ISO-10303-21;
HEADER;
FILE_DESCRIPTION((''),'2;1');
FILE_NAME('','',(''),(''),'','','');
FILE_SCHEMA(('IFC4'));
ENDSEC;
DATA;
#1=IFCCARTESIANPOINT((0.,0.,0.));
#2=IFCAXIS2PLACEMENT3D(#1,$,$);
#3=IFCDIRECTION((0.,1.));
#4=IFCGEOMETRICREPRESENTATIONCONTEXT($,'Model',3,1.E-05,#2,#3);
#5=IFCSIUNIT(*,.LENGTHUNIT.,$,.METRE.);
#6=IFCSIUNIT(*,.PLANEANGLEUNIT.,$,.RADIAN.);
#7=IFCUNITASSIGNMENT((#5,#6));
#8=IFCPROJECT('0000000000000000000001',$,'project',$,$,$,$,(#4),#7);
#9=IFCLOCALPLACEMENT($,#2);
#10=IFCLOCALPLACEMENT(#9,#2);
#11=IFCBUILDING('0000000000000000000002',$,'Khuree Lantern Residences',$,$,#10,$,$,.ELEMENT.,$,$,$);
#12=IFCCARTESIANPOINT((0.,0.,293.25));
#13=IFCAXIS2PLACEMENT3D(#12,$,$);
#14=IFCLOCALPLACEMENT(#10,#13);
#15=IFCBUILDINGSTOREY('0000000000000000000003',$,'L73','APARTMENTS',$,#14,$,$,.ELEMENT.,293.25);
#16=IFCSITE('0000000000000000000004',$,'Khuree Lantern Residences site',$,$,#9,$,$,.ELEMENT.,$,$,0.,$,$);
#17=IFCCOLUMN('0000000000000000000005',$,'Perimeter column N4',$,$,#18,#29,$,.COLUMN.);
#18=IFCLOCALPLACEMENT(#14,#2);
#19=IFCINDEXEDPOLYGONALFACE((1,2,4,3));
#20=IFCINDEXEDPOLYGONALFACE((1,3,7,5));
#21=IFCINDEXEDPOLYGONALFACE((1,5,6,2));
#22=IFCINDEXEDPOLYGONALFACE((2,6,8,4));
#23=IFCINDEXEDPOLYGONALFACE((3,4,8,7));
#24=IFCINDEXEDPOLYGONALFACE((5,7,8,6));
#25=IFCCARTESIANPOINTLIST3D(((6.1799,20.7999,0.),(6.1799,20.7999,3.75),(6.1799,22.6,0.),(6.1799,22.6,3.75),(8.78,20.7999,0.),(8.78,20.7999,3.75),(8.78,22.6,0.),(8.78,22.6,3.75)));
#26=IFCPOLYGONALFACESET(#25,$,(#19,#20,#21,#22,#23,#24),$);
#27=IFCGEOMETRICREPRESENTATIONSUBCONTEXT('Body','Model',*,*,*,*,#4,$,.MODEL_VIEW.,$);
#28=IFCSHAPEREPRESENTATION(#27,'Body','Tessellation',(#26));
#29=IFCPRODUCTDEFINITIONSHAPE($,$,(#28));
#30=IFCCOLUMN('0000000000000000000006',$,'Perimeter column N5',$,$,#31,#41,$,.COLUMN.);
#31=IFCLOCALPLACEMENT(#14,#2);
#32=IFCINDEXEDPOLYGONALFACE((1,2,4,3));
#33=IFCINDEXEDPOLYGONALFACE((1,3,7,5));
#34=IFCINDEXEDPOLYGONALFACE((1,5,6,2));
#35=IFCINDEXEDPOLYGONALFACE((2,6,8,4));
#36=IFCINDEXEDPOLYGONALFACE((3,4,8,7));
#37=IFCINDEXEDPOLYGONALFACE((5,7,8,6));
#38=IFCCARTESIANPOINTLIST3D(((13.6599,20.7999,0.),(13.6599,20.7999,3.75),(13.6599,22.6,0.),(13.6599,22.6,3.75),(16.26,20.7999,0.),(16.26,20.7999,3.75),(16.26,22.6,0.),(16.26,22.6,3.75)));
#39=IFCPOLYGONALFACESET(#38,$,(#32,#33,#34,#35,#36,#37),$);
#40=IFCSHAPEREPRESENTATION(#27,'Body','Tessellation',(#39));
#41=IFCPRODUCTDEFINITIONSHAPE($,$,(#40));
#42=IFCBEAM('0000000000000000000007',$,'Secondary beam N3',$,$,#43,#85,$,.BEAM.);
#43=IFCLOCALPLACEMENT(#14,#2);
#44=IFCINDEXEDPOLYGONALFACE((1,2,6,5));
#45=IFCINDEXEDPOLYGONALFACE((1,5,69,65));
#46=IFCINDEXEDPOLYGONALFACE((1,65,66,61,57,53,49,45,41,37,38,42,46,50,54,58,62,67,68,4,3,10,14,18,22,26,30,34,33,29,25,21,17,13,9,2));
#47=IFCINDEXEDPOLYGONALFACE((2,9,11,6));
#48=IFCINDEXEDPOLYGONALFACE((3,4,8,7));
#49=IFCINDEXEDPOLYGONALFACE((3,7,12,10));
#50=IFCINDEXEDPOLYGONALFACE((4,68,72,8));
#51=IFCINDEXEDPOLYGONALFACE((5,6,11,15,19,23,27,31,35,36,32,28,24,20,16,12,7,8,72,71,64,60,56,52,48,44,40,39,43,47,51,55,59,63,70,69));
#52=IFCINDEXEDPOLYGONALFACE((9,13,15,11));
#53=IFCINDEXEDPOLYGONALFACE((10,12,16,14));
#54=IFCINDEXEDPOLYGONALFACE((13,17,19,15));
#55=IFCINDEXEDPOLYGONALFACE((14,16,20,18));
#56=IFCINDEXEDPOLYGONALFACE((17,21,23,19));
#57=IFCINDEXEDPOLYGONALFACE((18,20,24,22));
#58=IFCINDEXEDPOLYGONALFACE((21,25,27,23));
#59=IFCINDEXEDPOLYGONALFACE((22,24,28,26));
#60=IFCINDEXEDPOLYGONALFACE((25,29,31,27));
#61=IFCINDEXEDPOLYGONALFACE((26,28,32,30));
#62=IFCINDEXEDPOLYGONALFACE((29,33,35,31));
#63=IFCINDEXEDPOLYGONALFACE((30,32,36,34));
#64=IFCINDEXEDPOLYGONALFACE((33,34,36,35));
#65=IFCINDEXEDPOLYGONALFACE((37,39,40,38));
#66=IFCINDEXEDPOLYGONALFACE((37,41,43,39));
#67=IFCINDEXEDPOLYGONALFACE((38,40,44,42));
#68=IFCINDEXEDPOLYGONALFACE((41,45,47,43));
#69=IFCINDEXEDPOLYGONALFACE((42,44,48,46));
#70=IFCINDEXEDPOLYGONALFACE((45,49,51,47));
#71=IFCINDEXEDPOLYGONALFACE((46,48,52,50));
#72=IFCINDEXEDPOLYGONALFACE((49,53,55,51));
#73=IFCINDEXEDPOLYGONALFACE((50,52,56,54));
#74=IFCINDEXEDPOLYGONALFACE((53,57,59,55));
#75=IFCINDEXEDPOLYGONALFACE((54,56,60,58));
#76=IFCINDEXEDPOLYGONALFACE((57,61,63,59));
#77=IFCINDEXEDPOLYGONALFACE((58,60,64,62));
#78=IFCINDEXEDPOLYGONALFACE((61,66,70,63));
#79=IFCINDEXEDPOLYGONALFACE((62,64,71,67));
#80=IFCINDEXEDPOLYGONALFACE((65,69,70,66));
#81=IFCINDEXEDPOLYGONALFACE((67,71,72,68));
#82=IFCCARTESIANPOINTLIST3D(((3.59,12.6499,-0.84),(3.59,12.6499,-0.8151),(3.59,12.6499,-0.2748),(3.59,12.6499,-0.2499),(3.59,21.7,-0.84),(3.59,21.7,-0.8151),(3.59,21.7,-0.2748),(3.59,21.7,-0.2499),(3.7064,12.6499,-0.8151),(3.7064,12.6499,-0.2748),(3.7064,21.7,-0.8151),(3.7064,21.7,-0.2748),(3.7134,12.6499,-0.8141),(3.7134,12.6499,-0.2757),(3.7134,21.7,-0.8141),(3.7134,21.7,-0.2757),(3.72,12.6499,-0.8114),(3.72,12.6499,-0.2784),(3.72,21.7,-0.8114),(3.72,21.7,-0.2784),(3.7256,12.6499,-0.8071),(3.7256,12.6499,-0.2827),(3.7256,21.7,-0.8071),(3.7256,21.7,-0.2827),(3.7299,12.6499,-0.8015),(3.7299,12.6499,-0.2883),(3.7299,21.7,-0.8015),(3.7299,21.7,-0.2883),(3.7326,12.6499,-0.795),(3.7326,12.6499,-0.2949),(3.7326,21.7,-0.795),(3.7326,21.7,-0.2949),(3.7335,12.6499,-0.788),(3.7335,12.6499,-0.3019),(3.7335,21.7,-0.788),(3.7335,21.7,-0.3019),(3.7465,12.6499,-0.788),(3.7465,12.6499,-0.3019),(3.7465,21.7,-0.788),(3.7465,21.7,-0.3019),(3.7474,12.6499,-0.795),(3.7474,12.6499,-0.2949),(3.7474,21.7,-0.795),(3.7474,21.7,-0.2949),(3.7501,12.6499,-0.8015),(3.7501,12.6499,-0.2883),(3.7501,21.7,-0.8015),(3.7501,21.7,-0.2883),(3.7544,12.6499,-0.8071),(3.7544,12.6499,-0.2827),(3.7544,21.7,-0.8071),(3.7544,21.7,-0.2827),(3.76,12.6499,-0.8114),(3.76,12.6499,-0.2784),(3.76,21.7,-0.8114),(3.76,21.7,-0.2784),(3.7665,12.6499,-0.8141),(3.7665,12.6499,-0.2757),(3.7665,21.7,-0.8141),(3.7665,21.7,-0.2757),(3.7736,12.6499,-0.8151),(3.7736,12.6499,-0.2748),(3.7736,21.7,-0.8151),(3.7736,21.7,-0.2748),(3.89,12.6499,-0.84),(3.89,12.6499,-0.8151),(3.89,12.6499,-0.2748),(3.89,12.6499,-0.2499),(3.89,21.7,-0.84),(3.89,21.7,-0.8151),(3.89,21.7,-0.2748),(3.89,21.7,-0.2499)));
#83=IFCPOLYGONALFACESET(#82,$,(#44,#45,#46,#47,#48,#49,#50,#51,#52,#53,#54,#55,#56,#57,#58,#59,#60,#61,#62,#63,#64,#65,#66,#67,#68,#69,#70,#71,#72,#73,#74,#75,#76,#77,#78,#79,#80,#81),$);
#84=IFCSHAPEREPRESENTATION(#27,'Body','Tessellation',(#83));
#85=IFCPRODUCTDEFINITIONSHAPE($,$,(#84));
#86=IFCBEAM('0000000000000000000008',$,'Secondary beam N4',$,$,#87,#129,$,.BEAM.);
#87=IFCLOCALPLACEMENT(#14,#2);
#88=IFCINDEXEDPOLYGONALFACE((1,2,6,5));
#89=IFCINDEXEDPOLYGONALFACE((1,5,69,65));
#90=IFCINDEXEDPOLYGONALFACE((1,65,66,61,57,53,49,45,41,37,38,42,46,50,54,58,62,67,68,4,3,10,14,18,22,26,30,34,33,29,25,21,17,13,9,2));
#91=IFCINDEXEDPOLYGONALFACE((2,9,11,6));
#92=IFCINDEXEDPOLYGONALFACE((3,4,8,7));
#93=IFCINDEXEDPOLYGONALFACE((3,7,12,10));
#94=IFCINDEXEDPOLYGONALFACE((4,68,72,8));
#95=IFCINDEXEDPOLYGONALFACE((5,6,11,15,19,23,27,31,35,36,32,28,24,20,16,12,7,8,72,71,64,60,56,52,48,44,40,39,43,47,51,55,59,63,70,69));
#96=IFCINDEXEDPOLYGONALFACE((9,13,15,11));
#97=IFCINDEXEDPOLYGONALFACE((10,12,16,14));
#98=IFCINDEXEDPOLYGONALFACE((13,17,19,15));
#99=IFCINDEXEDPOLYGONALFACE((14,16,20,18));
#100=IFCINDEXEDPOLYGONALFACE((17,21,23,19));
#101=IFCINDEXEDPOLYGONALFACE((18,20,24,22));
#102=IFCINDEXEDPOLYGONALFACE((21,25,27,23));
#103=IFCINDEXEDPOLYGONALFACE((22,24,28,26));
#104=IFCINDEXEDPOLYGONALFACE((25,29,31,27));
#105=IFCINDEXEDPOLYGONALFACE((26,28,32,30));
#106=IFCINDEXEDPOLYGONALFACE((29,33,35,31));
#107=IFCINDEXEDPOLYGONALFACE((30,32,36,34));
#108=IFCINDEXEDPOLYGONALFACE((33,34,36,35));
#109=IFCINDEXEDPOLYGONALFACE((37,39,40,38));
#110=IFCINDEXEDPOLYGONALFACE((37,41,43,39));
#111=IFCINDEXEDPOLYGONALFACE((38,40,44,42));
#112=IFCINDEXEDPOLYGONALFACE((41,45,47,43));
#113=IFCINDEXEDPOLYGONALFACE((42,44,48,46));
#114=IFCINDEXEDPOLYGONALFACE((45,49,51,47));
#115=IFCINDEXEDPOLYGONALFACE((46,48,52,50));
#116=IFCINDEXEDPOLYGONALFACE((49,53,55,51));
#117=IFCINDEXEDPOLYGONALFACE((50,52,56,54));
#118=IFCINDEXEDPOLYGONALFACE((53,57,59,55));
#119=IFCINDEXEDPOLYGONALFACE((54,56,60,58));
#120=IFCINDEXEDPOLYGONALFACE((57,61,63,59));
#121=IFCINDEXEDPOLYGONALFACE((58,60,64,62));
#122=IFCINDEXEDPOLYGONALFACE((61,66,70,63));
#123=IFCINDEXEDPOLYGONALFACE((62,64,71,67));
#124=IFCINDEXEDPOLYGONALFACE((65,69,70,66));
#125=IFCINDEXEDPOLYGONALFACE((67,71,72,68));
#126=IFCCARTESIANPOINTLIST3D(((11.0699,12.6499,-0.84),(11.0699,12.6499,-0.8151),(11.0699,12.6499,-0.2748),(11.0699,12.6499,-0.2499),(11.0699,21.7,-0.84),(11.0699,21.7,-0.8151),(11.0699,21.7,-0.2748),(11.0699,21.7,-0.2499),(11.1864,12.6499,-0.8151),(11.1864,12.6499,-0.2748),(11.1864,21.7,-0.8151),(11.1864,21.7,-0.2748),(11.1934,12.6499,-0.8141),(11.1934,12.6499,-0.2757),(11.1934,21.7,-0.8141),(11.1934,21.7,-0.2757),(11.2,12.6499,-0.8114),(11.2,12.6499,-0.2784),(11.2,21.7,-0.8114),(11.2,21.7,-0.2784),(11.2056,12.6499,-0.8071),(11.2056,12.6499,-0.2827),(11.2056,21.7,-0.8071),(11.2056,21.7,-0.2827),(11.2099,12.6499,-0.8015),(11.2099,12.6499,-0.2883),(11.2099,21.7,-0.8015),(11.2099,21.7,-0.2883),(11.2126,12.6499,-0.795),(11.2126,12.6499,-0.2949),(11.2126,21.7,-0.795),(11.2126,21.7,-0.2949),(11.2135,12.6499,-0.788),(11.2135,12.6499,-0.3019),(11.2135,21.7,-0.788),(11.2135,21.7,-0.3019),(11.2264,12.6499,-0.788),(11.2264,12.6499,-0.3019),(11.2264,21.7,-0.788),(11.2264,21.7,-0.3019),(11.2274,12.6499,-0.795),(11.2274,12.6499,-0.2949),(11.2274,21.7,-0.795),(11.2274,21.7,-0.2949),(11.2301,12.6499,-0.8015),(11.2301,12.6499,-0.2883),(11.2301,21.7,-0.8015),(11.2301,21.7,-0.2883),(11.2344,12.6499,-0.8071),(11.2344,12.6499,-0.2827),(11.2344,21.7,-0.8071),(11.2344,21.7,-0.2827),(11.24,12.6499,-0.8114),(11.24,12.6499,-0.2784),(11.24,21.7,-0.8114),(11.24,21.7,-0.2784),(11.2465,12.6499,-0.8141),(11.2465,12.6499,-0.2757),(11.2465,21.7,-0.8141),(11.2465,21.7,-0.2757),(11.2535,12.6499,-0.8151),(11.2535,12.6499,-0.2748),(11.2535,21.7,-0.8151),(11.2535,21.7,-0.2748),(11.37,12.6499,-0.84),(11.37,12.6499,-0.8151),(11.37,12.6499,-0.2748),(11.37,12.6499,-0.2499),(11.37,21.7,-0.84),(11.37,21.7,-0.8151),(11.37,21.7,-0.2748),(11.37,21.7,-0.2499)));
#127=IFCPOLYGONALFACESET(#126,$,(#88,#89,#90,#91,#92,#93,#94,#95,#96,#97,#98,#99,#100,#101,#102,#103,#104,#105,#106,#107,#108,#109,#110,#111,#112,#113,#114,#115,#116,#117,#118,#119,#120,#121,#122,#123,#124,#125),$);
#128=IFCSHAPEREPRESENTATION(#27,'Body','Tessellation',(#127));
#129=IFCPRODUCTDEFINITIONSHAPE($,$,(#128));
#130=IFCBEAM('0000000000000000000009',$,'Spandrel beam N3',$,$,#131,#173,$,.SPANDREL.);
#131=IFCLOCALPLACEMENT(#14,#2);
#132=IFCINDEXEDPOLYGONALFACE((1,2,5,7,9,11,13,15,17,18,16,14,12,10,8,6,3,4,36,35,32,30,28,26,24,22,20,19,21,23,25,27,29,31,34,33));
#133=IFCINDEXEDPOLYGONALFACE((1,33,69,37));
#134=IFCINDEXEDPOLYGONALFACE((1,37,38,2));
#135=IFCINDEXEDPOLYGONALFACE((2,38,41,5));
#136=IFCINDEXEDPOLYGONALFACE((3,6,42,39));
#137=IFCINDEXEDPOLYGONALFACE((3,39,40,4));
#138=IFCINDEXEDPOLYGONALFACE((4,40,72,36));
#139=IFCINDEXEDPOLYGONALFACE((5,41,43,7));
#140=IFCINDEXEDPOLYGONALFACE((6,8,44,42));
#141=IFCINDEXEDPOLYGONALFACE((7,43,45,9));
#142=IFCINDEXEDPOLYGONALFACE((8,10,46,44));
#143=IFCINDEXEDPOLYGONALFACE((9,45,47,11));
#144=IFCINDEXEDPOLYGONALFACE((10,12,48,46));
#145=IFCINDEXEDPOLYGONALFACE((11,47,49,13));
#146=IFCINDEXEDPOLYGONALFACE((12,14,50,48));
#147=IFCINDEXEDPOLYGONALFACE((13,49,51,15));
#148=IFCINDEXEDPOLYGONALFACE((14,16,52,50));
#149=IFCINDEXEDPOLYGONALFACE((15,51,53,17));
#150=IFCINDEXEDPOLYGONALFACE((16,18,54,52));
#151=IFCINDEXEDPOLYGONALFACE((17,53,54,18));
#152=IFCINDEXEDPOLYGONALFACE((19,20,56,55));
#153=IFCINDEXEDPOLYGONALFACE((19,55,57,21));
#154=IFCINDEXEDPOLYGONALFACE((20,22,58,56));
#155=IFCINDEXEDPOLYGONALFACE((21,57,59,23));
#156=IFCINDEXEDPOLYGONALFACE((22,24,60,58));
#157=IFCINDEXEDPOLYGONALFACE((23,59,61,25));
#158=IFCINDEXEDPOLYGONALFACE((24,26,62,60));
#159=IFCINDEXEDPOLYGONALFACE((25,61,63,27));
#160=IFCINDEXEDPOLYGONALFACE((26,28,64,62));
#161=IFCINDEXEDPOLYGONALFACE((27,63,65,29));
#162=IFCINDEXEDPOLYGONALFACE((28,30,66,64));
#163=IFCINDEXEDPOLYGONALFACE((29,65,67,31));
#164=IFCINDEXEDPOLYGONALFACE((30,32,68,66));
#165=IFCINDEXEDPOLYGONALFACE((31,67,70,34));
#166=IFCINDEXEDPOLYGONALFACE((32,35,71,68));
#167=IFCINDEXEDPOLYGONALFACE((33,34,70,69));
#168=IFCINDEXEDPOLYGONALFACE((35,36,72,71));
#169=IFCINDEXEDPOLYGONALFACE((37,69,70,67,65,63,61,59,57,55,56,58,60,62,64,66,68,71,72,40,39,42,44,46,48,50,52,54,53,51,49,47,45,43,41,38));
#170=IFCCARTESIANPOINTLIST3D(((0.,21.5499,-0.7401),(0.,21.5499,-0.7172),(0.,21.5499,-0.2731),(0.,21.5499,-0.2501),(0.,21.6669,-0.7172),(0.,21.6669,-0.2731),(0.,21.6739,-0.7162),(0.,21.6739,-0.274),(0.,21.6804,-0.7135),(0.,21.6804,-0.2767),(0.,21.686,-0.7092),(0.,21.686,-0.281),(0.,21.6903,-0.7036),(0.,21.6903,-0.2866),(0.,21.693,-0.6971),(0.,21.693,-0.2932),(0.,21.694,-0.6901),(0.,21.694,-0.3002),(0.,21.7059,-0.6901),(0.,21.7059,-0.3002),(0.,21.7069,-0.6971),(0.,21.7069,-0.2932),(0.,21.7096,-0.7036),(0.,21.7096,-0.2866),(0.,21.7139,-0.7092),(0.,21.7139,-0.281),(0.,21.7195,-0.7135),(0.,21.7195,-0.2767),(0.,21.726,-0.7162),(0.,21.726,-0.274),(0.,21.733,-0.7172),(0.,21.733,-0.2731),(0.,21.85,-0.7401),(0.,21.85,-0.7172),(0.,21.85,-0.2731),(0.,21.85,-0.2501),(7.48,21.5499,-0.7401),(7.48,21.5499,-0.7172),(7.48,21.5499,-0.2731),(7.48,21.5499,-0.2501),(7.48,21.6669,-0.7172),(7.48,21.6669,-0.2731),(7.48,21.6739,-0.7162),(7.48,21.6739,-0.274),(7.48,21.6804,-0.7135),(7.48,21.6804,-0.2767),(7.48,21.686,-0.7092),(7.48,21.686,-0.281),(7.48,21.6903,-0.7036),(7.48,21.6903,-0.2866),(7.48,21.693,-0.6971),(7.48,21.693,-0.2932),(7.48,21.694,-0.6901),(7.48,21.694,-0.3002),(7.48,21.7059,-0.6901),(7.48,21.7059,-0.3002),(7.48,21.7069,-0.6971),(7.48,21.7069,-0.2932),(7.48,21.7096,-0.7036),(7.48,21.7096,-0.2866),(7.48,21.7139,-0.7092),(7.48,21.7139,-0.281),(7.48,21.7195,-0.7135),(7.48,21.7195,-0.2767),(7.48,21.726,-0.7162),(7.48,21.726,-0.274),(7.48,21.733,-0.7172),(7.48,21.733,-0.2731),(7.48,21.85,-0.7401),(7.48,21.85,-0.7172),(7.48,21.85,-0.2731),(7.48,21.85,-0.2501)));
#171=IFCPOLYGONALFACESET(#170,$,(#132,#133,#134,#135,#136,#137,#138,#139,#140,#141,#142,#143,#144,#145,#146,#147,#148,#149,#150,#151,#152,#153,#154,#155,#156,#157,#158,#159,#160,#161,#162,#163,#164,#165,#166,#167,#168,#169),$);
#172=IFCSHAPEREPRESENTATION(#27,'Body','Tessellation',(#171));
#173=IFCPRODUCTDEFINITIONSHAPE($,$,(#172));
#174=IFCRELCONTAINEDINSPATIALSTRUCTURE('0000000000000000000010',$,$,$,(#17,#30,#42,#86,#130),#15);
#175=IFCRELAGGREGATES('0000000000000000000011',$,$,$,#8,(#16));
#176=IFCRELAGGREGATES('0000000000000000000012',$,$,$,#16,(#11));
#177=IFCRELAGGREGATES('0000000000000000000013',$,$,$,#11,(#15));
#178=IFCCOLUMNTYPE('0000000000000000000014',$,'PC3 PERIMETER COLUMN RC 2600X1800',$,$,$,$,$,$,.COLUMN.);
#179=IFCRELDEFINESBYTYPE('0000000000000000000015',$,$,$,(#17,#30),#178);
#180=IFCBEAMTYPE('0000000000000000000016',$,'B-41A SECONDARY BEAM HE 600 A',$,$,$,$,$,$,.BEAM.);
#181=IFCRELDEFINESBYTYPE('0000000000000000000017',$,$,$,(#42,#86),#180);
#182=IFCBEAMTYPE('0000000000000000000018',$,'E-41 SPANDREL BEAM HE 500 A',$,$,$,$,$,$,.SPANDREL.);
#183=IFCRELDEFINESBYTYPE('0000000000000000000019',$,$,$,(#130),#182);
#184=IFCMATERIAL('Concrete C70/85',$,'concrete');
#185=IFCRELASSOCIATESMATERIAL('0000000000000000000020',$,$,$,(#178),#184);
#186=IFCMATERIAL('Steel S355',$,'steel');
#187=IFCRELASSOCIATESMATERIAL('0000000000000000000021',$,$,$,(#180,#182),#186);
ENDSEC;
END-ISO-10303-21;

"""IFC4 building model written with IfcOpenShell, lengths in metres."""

from ifc_helpers import new_model, si_unit, direction, frame, origin, origin_2d, place, context, subcontext, project, spatial, rectangle, i_section, extrude, material, material_profile, profile_set, type_object, element, save


model = new_model("IFC4")

# Units and contexts
model_context = context("Model", 3, precision=1e-05, world=origin(), true_north=direction((0.0, 1.0)))
body_context = subcontext(model_context, "Body", "Model", "MODEL_VIEW")
ifc_project = project(units=[si_unit("LENGTHUNIT", "METRE"), si_unit("PLANEANGLEUNIT", "RADIAN")], contexts=[model_context])

# Site, building, storey
site_placement = place(None, origin())
site = spatial("IfcSite", under=ifc_project, at=site_placement, Name="Khuree Lantern Residences site", CompositionType="ELEMENT", RefElevation=0.0)
building_placement = place(site_placement, origin())
building = spatial("IfcBuilding", under=site, at=building_placement, Name="Khuree Lantern Residences", CompositionType="ELEMENT")
storey_placement = place(building_placement, frame((0.0, 0.0, 293.25)))
storey = spatial("IfcBuildingStorey", under=building, at=storey_placement, Name="L73", Description="APARTMENTS", CompositionType="ELEMENT", Elevation=293.25)

# Columns
ifc_material_1 = material(Name="Concrete C70/85", Category="concrete")
ifc_material_profile_1 = material_profile(ifc_material_1, rectangle(XDim=2.6001, YDim=1.8, at=origin_2d()), Name="RC 2600X1800")
ifc_profile_set_1 = profile_set([ifc_material_profile_1], Name="Concrete C70/85")
column_type = type_object("IfcColumnType", Name="PC3 PERIMETER COLUMN RC 2600X1800", PredefinedType="COLUMN", material=ifc_profile_set_1)
for number, where, z_axis, x_axis, name in (
    (1, (7.48, 21.7, 0.0), (0.0, 0.0, 1.0), (1.0, 0.0, 0.0), "Perimeter column N4"),
    (2, (14.96, 21.7, 0.0), (0.0, 0.0, 1.0), (1.0, 0.0, 0.0), "Perimeter column N5"),
):
    element("IfcColumn", number, at=place(storey_placement, frame(where, z_axis=z_axis, x_axis=x_axis)), inside=storey, type_object=column_type, Name=name, PredefinedType="COLUMN", context=body_context, shape_type="SweptSolid", body=[
        extrude(rectangle(XDim=2.6001, YDim=1.8, at=origin_2d()), origin(), (0.0, 0.0, 1.0), 3.75),
    ])

# Beams
ifc_material_2 = material(Name="Steel S355", Category="steel")
ifc_material_profile_2 = material_profile(ifc_material_2, i_section(OverallWidth=0.3, OverallDepth=0.5901, WebThickness=0.0129, FlangeThickness=0.0249, FilletRadius=0.0271, at=origin_2d()), Name="HE 600 A")
ifc_profile_set_2 = profile_set([ifc_material_profile_2], Name="Steel S355")
beam_type_1 = type_object("IfcBeamType", Name="B-41A SECONDARY BEAM HE 600 A", PredefinedType="BEAM", material=ifc_profile_set_2)
for number, where, z_axis, x_axis, name in (
    (3, (3.74, 21.7, -0.5449), (0.0, -1.0, 0.0), (1.0, 0.0, 0.0), "Secondary beam N3"),
    (4, (11.22, 21.7, -0.5449), (0.0, -1.0, 0.0), (1.0, 0.0, 0.0), "Secondary beam N4"),
):
    element("IfcBeam", number, at=place(storey_placement, frame(where, z_axis=z_axis, x_axis=x_axis)), inside=storey, type_object=beam_type_1, Name=name, PredefinedType="BEAM", context=body_context, shape_type="SweptSolid", body=[
        extrude(i_section(OverallWidth=0.3, OverallDepth=0.5901, WebThickness=0.0129, FlangeThickness=0.0249, FilletRadius=0.0271, at=origin_2d()), origin(), (0.0, 0.0, 1.0), 9.05),
    ])
ifc_material_profile_3 = material_profile(ifc_material_2, i_section(OverallWidth=0.3, OverallDepth=0.49, WebThickness=0.012, FlangeThickness=0.0229, FilletRadius=0.0271, at=origin_2d()), Name="HE 500 A")
ifc_profile_set_3 = profile_set([ifc_material_profile_3], Name="Steel S355")
beam_type_2 = type_object("IfcBeamType", Name="E-41 SPANDREL BEAM HE 500 A", PredefinedType="SPANDREL", material=ifc_profile_set_3)
for number, where, z_axis, x_axis, name in (
    (5, (0.0, 21.7, -0.4951), (1.0, 0.0, 0.0), (0.0, 1.0, 0.0), "Spandrel beam N3"),
):
    element("IfcBeam", number, at=place(storey_placement, frame(where, z_axis=z_axis, x_axis=x_axis)), inside=storey, type_object=beam_type_2, Name=name, PredefinedType="SPANDREL", context=body_context, shape_type="SweptSolid", body=[
        extrude(i_section(OverallWidth=0.3, OverallDepth=0.49, WebThickness=0.012, FlangeThickness=0.0229, FilletRadius=0.0271, at=origin_2d()), origin(), (0.0, 0.0, 1.0), 7.48),
    ])

save(model, "model.ifc")
